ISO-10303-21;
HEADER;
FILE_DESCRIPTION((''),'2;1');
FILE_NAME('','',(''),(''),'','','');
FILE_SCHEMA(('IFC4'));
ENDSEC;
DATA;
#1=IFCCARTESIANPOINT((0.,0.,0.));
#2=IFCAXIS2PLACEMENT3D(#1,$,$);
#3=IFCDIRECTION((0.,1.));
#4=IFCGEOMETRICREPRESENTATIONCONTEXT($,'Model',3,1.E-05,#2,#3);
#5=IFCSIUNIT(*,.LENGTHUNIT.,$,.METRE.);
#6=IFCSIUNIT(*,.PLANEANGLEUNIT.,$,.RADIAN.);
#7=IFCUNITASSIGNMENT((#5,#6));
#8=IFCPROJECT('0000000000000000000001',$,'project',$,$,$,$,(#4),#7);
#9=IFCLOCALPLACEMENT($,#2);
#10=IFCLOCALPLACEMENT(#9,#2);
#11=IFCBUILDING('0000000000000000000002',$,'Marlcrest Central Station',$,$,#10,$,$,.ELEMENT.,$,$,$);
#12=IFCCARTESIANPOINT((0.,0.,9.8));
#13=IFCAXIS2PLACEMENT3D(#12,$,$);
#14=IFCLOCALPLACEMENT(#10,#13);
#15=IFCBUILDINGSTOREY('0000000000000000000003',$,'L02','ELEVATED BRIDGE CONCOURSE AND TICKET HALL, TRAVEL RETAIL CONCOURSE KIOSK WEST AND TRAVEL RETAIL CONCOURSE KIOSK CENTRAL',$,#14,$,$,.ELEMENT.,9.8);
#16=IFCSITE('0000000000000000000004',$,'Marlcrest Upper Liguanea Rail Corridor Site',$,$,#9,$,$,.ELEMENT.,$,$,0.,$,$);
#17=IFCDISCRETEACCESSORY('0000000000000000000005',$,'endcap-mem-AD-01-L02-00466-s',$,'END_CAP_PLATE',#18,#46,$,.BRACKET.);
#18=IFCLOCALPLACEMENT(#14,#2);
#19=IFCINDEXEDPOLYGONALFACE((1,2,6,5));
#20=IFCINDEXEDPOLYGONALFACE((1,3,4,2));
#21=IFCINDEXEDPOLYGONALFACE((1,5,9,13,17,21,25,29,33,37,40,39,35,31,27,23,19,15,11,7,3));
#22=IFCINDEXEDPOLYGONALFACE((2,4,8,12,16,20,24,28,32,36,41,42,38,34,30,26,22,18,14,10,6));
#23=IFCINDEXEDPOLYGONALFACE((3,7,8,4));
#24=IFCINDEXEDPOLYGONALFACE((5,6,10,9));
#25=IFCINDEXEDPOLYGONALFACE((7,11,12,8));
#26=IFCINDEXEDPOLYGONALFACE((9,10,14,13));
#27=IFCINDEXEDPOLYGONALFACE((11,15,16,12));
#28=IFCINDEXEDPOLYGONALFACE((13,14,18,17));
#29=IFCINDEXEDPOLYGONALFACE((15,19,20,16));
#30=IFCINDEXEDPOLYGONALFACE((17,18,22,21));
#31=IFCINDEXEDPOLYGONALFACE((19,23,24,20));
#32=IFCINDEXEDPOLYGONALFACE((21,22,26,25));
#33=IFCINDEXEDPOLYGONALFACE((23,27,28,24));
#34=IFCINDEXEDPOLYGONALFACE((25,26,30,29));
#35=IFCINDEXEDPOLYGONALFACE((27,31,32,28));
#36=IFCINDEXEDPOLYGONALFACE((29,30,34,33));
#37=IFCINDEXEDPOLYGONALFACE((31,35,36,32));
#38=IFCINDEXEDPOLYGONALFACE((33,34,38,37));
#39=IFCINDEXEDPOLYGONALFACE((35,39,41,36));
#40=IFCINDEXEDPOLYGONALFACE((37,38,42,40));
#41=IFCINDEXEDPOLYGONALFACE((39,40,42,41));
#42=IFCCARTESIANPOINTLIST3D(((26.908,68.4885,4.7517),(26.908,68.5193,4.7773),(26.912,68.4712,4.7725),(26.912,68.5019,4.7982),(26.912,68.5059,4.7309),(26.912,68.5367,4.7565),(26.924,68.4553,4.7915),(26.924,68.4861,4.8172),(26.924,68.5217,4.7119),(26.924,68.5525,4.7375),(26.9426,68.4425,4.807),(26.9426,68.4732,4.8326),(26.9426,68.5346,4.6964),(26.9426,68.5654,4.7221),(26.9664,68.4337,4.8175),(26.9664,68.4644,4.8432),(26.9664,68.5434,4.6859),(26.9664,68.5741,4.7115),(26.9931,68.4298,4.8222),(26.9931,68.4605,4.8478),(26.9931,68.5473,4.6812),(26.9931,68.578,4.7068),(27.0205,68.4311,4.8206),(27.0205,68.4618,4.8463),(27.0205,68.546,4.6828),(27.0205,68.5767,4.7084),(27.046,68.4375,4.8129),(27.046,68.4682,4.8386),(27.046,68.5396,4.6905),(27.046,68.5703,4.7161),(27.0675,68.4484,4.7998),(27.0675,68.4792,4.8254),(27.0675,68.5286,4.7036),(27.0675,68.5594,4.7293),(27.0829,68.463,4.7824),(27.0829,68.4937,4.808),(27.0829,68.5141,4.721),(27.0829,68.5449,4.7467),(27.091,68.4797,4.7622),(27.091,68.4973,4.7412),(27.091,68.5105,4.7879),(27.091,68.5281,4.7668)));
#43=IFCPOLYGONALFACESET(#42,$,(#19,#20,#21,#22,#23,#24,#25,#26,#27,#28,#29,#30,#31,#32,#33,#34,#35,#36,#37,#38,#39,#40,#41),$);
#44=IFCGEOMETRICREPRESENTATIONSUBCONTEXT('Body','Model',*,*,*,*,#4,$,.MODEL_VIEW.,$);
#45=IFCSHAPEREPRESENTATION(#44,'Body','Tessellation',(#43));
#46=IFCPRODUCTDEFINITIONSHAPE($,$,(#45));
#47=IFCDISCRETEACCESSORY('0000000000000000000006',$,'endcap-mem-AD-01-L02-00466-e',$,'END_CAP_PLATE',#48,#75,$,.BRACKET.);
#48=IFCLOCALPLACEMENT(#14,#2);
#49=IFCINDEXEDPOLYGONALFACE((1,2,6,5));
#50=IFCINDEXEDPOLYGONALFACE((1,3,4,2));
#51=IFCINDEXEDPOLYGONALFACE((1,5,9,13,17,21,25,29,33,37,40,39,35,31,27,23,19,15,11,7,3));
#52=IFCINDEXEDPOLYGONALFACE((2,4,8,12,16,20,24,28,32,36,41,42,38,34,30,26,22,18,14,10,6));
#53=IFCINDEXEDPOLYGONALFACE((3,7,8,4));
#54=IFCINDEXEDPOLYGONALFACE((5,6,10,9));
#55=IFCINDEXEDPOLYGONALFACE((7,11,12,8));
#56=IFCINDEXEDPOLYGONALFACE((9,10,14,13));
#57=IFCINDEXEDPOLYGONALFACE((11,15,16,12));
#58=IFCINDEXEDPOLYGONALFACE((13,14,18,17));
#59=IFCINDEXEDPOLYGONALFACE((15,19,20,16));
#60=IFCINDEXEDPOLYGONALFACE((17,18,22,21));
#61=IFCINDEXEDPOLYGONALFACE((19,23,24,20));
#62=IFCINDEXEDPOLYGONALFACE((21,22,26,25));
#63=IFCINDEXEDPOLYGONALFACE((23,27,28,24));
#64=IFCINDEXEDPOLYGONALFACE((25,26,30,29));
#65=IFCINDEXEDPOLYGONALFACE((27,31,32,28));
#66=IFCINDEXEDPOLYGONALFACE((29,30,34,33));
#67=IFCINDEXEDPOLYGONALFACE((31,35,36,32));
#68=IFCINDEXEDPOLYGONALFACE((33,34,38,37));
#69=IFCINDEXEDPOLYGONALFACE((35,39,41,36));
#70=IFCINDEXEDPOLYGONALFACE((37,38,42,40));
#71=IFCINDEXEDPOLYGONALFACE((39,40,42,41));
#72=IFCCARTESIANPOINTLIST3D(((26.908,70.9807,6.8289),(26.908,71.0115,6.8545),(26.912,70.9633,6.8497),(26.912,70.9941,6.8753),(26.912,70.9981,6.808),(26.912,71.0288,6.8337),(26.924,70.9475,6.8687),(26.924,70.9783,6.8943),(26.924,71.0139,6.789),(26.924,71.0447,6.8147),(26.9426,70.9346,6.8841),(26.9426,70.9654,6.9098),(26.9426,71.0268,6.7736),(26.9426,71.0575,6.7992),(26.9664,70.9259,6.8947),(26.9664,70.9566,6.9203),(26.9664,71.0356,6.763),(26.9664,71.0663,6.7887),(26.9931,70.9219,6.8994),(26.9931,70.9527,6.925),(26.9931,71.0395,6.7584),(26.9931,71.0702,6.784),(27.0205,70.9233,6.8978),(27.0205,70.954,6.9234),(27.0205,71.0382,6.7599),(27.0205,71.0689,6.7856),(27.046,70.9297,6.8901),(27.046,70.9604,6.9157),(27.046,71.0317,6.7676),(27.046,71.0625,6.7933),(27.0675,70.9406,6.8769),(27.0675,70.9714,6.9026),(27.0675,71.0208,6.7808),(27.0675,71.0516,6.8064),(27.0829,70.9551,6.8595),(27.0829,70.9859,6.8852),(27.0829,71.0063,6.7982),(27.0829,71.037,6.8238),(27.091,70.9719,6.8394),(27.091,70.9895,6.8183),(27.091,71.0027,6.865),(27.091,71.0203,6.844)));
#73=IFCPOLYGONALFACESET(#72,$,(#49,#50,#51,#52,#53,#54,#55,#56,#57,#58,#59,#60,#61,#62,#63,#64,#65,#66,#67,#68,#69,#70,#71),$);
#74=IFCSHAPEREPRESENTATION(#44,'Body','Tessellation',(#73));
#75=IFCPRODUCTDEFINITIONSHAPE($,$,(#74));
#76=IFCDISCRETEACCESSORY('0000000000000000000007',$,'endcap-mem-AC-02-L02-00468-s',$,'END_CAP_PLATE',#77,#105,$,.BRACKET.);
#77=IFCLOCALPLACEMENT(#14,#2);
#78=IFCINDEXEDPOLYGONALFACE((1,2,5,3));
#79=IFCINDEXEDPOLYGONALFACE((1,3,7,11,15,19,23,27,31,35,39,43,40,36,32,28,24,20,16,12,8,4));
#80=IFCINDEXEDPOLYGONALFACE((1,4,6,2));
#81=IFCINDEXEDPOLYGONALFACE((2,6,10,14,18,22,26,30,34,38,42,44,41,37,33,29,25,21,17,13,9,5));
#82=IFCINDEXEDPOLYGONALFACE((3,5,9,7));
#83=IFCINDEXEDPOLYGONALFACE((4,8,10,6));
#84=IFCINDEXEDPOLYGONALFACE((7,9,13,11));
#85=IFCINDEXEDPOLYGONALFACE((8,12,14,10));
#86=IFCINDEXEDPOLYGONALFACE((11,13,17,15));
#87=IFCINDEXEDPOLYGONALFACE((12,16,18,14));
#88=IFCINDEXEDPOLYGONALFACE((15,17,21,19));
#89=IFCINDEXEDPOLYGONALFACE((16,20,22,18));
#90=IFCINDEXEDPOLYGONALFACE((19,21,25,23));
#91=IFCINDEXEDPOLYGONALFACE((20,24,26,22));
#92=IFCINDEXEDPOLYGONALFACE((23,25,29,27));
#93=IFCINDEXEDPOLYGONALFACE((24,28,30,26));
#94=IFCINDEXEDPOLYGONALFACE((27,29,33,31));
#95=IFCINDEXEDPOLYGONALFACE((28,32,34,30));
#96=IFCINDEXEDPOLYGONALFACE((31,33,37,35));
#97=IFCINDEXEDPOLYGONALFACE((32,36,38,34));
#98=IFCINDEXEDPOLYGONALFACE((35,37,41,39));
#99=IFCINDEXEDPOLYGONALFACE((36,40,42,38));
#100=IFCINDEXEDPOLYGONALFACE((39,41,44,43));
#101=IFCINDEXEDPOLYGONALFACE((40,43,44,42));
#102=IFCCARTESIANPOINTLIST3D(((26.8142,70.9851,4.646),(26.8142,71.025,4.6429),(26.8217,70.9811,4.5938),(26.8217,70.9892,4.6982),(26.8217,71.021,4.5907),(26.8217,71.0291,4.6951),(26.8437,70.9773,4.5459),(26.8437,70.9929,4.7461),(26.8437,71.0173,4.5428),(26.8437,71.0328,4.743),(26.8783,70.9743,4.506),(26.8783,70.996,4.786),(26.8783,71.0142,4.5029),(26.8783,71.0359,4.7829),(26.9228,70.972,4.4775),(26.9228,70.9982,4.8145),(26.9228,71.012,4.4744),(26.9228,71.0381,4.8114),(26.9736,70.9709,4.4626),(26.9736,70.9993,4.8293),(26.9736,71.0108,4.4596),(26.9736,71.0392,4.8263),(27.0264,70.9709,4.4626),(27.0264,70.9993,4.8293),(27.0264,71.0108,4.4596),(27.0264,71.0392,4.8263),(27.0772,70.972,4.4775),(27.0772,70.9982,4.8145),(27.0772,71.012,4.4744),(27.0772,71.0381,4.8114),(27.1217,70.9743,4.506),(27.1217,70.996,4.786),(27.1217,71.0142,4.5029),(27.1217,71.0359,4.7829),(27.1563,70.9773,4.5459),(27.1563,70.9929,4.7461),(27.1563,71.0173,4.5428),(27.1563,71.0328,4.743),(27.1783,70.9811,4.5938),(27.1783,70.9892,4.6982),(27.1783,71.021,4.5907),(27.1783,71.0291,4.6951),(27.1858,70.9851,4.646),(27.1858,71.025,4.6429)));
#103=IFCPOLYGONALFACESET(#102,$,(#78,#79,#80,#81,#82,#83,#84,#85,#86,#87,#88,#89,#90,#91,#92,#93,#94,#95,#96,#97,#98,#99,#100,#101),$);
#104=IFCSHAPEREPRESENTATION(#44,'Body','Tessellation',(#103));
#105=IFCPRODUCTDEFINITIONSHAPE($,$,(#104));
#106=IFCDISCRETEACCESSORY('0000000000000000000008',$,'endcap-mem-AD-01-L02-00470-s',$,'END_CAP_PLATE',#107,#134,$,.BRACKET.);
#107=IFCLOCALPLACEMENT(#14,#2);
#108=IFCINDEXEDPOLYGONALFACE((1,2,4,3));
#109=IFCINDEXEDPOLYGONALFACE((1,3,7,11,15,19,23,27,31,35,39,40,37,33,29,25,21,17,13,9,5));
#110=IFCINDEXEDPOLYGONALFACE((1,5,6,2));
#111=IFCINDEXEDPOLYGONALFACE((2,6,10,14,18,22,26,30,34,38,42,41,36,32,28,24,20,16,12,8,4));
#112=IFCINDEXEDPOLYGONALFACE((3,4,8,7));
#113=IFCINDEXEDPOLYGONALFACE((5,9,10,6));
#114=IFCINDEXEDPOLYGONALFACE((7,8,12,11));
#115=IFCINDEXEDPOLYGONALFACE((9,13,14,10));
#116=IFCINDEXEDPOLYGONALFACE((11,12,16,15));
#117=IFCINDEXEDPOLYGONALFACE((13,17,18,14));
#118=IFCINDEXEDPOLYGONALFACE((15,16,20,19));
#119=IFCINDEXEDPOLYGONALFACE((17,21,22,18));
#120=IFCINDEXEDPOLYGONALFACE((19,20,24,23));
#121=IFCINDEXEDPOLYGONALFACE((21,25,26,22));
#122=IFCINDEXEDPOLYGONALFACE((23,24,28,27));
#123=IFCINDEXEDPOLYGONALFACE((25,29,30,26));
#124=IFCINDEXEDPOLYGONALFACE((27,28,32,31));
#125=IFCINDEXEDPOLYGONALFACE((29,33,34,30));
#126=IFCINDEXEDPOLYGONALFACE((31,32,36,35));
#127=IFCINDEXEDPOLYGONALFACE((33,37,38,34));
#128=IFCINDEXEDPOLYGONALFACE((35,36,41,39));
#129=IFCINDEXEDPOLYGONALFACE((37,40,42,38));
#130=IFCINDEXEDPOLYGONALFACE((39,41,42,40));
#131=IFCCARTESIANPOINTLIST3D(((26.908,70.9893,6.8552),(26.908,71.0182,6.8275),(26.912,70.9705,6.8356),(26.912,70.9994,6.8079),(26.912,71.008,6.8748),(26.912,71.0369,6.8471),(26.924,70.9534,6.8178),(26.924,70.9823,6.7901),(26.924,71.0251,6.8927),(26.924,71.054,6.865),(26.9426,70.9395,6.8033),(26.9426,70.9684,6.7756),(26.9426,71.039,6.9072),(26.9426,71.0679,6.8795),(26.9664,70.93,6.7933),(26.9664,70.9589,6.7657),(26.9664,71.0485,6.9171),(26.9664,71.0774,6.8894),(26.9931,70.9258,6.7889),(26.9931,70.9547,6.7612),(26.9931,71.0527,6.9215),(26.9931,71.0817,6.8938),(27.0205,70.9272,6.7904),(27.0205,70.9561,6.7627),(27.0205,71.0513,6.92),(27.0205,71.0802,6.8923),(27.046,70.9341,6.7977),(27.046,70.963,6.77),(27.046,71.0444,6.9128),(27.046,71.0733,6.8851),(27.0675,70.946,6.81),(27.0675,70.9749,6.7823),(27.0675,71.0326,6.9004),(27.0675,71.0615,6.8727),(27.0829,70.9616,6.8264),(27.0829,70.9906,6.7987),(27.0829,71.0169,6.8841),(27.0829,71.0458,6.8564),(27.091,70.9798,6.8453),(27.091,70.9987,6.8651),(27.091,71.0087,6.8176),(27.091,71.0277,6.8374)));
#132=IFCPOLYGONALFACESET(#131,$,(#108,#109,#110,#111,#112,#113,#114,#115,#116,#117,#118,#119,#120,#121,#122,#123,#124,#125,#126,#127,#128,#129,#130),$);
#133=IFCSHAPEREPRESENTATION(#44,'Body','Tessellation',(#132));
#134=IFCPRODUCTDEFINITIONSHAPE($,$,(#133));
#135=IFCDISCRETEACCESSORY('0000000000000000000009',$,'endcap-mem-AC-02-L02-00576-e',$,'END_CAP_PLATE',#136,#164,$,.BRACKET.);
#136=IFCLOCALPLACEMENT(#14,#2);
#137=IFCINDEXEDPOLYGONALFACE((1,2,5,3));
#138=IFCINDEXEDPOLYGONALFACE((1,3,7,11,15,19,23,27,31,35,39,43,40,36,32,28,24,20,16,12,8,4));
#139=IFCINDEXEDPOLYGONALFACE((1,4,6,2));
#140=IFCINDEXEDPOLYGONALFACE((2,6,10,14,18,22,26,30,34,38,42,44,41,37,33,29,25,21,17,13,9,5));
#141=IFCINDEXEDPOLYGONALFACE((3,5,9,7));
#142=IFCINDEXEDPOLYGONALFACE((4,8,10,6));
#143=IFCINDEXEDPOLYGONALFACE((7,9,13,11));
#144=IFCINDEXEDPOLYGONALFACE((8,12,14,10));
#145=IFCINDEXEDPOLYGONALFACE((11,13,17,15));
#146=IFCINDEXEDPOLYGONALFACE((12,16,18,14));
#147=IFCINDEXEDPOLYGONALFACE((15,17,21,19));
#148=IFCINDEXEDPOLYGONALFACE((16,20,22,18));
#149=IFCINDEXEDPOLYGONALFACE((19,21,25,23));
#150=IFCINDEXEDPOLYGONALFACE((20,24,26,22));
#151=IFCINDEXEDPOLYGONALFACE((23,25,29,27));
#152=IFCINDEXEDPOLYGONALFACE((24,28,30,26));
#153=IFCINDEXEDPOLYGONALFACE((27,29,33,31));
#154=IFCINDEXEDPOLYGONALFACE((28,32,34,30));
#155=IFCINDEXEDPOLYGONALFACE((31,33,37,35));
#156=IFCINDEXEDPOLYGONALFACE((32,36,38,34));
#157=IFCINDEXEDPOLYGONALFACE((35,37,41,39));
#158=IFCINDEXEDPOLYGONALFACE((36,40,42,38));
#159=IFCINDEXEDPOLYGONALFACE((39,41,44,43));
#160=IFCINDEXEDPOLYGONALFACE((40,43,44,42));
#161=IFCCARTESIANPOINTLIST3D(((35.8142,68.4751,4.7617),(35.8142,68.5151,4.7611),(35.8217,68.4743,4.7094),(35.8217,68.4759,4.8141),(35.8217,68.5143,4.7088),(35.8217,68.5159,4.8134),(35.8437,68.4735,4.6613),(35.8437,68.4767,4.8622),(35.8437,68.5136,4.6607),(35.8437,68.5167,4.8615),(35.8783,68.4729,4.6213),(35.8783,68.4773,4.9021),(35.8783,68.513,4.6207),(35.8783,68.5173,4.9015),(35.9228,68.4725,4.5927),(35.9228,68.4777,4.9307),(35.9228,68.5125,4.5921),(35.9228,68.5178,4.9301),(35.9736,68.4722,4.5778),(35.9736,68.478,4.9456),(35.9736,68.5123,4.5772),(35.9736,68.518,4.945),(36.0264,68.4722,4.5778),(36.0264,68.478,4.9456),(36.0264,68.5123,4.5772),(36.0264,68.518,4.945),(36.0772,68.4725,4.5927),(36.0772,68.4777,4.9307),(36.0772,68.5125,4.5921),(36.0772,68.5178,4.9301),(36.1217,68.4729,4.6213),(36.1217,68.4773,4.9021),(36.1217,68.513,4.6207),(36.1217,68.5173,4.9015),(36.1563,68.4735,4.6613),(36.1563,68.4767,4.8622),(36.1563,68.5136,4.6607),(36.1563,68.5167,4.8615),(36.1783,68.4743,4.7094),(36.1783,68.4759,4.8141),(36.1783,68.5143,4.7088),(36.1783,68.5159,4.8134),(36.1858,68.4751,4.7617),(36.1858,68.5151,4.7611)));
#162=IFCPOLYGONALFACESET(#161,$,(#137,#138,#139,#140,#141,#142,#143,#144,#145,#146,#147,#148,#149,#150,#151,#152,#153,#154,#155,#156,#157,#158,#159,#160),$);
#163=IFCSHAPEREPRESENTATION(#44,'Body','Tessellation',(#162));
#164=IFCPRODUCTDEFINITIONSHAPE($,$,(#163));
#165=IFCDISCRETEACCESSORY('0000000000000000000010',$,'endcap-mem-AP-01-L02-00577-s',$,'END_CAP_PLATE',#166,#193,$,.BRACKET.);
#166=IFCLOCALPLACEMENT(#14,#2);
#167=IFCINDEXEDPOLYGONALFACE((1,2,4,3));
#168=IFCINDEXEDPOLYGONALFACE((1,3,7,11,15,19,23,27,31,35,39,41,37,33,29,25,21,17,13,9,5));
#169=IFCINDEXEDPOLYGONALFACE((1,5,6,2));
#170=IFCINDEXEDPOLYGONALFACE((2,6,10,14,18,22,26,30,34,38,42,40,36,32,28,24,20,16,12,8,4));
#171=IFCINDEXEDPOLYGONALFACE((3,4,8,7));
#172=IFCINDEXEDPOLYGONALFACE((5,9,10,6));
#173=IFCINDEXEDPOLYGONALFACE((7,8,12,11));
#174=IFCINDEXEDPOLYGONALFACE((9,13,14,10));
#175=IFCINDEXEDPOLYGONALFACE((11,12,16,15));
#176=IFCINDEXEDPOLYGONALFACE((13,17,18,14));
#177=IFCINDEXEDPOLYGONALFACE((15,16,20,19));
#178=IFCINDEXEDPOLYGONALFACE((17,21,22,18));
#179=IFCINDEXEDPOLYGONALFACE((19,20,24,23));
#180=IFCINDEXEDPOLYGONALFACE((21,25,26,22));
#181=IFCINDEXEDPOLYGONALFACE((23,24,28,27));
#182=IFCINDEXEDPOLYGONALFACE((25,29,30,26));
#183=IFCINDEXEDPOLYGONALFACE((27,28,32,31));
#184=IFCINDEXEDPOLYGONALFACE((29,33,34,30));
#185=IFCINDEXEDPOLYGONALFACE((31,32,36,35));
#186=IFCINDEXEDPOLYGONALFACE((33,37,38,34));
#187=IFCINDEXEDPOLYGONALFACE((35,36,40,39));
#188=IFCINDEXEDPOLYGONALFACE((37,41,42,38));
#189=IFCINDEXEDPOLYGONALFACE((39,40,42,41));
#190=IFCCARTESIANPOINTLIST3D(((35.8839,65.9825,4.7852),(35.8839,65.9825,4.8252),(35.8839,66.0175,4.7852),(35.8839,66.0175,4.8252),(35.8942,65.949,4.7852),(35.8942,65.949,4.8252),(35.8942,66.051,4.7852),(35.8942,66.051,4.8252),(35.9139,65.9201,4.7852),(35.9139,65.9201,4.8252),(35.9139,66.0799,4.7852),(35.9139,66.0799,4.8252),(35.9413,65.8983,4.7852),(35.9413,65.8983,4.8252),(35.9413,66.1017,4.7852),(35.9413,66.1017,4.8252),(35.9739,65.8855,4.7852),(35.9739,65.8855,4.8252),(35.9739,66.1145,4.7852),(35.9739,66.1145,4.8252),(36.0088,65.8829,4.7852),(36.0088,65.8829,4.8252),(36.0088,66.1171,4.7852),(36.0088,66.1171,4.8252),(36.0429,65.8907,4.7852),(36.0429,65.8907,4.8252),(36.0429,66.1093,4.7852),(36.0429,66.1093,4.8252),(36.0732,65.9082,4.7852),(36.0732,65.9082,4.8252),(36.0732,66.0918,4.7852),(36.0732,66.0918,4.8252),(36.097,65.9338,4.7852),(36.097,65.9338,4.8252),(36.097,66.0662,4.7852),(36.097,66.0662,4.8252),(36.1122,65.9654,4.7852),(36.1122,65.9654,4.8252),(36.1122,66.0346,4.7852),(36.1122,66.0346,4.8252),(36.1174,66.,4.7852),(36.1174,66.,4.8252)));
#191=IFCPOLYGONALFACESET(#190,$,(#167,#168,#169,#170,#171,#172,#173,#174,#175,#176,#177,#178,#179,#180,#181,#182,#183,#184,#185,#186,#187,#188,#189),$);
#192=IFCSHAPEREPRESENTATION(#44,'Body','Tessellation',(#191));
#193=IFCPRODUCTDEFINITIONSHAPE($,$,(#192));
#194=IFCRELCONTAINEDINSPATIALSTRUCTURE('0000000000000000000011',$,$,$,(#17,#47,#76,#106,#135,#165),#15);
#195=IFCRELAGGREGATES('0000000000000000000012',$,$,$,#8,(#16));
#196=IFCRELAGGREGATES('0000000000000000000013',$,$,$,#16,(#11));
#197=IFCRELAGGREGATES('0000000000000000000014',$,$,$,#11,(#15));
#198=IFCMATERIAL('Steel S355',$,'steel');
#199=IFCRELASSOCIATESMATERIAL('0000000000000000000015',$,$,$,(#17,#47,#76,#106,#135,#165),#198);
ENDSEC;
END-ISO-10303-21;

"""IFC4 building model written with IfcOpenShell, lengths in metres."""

from ifc_helpers import new_model, si_unit, direction, frame, origin, origin_2d, place, context, subcontext, project, spatial, circle, extrude, material, element, save


model = new_model("IFC4")

# Units and contexts
model_context = context("Model", 3, precision=1e-05, world=origin(), true_north=direction((0.0, 1.0)))
body_context = subcontext(model_context, "Body", "Model", "MODEL_VIEW")
ifc_project = project(units=[si_unit("LENGTHUNIT", "METRE"), si_unit("PLANEANGLEUNIT", "RADIAN")], contexts=[model_context])

# Site, building, storey
site_placement = place(None, origin())
site = spatial("IfcSite", under=ifc_project, at=site_placement, Name="Marlcrest Upper Liguanea Rail Corridor Site", CompositionType="ELEMENT", RefElevation=0.0)
building_placement = place(site_placement, origin())
building = spatial("IfcBuilding", under=site, at=building_placement, Name="Marlcrest Central Station", CompositionType="ELEMENT")
storey_placement = place(building_placement, frame((0.0, 0.0, 9.8)))
storey = spatial("IfcBuildingStorey", under=building, at=storey_placement, Name="L02", Description="ELEVATED BRIDGE CONCOURSE AND TICKET HALL, TRAVEL RETAIL CONCOURSE KIOSK WEST AND TRAVEL RETAIL CONCOURSE KIOSK CENTRAL", CompositionType="ELEMENT", Elevation=9.8)

# Shared definitions
ifc_material = material(Name="Steel S355", Category="steel")

# Discrete accessories
for number, where, z_axis, x_axis, name in (
    (1, (27.0, 68.4885, 4.7517), (0.0, 0.76816, 0.640258), (-1.0, 0.0, 0.0), "endcap-mem-AD-01-L02-00466-s"),
    (2, (27.0, 70.9807, 6.8289), (0.0, 0.76816, 0.640258), (-1.0, 0.0, 0.0), "endcap-mem-AD-01-L02-00466-e"),
):
    element("IfcDiscreteAccessory", number, at=place(storey_placement, frame(where, z_axis=z_axis, x_axis=x_axis)), inside=storey, material=ifc_material, Name=name, ObjectType="END_CAP_PLATE", PredefinedType="BRACKET", context=body_context, shape_type="SweptSolid", body=[
        extrude(circle(Radius=0.092, at=origin_2d()), origin(), (0.0, 0.0, 1.0), 0.04),
    ])
discrete_accessory_1_placement = place(storey_placement, frame((27.0, 70.9851, 4.646), z_axis=(0.0, 0.997007, -0.077307), x_axis=(-1.0, 0.0, 0.0)))
element("IfcDiscreteAccessory", 3, at=discrete_accessory_1_placement, inside=storey, material=ifc_material, Name="endcap-mem-AC-02-L02-00468-s", ObjectType="END_CAP_PLATE", PredefinedType="BRACKET", context=body_context, shape_type="SweptSolid", body=[
    extrude(circle(Radius=0.1858, at=origin_2d()), origin(), (0.0, 0.0, 1.0), 0.04),
])
discrete_accessory_2_placement = place(storey_placement, frame((27.0, 70.9893, 6.8552), z_axis=(0.0, 0.722247, -0.691636), x_axis=(-1.0, 0.0, 0.0)))
element("IfcDiscreteAccessory", 4, at=discrete_accessory_2_placement, inside=storey, material=ifc_material, Name="endcap-mem-AD-01-L02-00470-s", ObjectType="END_CAP_PLATE", PredefinedType="BRACKET", context=body_context, shape_type="SweptSolid", body=[
    extrude(circle(Radius=0.092, at=origin_2d()), origin(), (0.0, 0.0, 1.0), 0.04),
])
discrete_accessory_3_placement = place(storey_placement, frame((36.0, 68.4751, 4.7617), z_axis=(0.0, 0.999879, -0.015525), x_axis=(-1.0, 0.0, 0.0)))
element("IfcDiscreteAccessory", 5, at=discrete_accessory_3_placement, inside=storey, material=ifc_material, Name="endcap-mem-AC-02-L02-00576-e", ObjectType="END_CAP_PLATE", PredefinedType="BRACKET", context=body_context, shape_type="SweptSolid", body=[
    extrude(circle(Radius=0.1858, at=origin_2d()), origin(), (0.0, 0.0, 1.0), 0.04),
])
for number, where, z_axis, x_axis, name in (
    (6, (36.0, 66.0, 4.7852), (0.0, 0.0, 1.0), (1.0, 0.0, 0.0), "endcap-mem-AP-01-L02-00577-s"),
):
    element("IfcDiscreteAccessory", number, at=place(storey_placement, frame(where, z_axis=z_axis, x_axis=x_axis)), inside=storey, material=ifc_material, Name=name, ObjectType="END_CAP_PLATE", PredefinedType="BRACKET", context=body_context, shape_type="SweptSolid", body=[
        extrude(circle(Radius=0.1174, at=origin_2d()), origin(), (0.0, 0.0, 1.0), 0.04),
    ])

save(model, "model.ifc")
